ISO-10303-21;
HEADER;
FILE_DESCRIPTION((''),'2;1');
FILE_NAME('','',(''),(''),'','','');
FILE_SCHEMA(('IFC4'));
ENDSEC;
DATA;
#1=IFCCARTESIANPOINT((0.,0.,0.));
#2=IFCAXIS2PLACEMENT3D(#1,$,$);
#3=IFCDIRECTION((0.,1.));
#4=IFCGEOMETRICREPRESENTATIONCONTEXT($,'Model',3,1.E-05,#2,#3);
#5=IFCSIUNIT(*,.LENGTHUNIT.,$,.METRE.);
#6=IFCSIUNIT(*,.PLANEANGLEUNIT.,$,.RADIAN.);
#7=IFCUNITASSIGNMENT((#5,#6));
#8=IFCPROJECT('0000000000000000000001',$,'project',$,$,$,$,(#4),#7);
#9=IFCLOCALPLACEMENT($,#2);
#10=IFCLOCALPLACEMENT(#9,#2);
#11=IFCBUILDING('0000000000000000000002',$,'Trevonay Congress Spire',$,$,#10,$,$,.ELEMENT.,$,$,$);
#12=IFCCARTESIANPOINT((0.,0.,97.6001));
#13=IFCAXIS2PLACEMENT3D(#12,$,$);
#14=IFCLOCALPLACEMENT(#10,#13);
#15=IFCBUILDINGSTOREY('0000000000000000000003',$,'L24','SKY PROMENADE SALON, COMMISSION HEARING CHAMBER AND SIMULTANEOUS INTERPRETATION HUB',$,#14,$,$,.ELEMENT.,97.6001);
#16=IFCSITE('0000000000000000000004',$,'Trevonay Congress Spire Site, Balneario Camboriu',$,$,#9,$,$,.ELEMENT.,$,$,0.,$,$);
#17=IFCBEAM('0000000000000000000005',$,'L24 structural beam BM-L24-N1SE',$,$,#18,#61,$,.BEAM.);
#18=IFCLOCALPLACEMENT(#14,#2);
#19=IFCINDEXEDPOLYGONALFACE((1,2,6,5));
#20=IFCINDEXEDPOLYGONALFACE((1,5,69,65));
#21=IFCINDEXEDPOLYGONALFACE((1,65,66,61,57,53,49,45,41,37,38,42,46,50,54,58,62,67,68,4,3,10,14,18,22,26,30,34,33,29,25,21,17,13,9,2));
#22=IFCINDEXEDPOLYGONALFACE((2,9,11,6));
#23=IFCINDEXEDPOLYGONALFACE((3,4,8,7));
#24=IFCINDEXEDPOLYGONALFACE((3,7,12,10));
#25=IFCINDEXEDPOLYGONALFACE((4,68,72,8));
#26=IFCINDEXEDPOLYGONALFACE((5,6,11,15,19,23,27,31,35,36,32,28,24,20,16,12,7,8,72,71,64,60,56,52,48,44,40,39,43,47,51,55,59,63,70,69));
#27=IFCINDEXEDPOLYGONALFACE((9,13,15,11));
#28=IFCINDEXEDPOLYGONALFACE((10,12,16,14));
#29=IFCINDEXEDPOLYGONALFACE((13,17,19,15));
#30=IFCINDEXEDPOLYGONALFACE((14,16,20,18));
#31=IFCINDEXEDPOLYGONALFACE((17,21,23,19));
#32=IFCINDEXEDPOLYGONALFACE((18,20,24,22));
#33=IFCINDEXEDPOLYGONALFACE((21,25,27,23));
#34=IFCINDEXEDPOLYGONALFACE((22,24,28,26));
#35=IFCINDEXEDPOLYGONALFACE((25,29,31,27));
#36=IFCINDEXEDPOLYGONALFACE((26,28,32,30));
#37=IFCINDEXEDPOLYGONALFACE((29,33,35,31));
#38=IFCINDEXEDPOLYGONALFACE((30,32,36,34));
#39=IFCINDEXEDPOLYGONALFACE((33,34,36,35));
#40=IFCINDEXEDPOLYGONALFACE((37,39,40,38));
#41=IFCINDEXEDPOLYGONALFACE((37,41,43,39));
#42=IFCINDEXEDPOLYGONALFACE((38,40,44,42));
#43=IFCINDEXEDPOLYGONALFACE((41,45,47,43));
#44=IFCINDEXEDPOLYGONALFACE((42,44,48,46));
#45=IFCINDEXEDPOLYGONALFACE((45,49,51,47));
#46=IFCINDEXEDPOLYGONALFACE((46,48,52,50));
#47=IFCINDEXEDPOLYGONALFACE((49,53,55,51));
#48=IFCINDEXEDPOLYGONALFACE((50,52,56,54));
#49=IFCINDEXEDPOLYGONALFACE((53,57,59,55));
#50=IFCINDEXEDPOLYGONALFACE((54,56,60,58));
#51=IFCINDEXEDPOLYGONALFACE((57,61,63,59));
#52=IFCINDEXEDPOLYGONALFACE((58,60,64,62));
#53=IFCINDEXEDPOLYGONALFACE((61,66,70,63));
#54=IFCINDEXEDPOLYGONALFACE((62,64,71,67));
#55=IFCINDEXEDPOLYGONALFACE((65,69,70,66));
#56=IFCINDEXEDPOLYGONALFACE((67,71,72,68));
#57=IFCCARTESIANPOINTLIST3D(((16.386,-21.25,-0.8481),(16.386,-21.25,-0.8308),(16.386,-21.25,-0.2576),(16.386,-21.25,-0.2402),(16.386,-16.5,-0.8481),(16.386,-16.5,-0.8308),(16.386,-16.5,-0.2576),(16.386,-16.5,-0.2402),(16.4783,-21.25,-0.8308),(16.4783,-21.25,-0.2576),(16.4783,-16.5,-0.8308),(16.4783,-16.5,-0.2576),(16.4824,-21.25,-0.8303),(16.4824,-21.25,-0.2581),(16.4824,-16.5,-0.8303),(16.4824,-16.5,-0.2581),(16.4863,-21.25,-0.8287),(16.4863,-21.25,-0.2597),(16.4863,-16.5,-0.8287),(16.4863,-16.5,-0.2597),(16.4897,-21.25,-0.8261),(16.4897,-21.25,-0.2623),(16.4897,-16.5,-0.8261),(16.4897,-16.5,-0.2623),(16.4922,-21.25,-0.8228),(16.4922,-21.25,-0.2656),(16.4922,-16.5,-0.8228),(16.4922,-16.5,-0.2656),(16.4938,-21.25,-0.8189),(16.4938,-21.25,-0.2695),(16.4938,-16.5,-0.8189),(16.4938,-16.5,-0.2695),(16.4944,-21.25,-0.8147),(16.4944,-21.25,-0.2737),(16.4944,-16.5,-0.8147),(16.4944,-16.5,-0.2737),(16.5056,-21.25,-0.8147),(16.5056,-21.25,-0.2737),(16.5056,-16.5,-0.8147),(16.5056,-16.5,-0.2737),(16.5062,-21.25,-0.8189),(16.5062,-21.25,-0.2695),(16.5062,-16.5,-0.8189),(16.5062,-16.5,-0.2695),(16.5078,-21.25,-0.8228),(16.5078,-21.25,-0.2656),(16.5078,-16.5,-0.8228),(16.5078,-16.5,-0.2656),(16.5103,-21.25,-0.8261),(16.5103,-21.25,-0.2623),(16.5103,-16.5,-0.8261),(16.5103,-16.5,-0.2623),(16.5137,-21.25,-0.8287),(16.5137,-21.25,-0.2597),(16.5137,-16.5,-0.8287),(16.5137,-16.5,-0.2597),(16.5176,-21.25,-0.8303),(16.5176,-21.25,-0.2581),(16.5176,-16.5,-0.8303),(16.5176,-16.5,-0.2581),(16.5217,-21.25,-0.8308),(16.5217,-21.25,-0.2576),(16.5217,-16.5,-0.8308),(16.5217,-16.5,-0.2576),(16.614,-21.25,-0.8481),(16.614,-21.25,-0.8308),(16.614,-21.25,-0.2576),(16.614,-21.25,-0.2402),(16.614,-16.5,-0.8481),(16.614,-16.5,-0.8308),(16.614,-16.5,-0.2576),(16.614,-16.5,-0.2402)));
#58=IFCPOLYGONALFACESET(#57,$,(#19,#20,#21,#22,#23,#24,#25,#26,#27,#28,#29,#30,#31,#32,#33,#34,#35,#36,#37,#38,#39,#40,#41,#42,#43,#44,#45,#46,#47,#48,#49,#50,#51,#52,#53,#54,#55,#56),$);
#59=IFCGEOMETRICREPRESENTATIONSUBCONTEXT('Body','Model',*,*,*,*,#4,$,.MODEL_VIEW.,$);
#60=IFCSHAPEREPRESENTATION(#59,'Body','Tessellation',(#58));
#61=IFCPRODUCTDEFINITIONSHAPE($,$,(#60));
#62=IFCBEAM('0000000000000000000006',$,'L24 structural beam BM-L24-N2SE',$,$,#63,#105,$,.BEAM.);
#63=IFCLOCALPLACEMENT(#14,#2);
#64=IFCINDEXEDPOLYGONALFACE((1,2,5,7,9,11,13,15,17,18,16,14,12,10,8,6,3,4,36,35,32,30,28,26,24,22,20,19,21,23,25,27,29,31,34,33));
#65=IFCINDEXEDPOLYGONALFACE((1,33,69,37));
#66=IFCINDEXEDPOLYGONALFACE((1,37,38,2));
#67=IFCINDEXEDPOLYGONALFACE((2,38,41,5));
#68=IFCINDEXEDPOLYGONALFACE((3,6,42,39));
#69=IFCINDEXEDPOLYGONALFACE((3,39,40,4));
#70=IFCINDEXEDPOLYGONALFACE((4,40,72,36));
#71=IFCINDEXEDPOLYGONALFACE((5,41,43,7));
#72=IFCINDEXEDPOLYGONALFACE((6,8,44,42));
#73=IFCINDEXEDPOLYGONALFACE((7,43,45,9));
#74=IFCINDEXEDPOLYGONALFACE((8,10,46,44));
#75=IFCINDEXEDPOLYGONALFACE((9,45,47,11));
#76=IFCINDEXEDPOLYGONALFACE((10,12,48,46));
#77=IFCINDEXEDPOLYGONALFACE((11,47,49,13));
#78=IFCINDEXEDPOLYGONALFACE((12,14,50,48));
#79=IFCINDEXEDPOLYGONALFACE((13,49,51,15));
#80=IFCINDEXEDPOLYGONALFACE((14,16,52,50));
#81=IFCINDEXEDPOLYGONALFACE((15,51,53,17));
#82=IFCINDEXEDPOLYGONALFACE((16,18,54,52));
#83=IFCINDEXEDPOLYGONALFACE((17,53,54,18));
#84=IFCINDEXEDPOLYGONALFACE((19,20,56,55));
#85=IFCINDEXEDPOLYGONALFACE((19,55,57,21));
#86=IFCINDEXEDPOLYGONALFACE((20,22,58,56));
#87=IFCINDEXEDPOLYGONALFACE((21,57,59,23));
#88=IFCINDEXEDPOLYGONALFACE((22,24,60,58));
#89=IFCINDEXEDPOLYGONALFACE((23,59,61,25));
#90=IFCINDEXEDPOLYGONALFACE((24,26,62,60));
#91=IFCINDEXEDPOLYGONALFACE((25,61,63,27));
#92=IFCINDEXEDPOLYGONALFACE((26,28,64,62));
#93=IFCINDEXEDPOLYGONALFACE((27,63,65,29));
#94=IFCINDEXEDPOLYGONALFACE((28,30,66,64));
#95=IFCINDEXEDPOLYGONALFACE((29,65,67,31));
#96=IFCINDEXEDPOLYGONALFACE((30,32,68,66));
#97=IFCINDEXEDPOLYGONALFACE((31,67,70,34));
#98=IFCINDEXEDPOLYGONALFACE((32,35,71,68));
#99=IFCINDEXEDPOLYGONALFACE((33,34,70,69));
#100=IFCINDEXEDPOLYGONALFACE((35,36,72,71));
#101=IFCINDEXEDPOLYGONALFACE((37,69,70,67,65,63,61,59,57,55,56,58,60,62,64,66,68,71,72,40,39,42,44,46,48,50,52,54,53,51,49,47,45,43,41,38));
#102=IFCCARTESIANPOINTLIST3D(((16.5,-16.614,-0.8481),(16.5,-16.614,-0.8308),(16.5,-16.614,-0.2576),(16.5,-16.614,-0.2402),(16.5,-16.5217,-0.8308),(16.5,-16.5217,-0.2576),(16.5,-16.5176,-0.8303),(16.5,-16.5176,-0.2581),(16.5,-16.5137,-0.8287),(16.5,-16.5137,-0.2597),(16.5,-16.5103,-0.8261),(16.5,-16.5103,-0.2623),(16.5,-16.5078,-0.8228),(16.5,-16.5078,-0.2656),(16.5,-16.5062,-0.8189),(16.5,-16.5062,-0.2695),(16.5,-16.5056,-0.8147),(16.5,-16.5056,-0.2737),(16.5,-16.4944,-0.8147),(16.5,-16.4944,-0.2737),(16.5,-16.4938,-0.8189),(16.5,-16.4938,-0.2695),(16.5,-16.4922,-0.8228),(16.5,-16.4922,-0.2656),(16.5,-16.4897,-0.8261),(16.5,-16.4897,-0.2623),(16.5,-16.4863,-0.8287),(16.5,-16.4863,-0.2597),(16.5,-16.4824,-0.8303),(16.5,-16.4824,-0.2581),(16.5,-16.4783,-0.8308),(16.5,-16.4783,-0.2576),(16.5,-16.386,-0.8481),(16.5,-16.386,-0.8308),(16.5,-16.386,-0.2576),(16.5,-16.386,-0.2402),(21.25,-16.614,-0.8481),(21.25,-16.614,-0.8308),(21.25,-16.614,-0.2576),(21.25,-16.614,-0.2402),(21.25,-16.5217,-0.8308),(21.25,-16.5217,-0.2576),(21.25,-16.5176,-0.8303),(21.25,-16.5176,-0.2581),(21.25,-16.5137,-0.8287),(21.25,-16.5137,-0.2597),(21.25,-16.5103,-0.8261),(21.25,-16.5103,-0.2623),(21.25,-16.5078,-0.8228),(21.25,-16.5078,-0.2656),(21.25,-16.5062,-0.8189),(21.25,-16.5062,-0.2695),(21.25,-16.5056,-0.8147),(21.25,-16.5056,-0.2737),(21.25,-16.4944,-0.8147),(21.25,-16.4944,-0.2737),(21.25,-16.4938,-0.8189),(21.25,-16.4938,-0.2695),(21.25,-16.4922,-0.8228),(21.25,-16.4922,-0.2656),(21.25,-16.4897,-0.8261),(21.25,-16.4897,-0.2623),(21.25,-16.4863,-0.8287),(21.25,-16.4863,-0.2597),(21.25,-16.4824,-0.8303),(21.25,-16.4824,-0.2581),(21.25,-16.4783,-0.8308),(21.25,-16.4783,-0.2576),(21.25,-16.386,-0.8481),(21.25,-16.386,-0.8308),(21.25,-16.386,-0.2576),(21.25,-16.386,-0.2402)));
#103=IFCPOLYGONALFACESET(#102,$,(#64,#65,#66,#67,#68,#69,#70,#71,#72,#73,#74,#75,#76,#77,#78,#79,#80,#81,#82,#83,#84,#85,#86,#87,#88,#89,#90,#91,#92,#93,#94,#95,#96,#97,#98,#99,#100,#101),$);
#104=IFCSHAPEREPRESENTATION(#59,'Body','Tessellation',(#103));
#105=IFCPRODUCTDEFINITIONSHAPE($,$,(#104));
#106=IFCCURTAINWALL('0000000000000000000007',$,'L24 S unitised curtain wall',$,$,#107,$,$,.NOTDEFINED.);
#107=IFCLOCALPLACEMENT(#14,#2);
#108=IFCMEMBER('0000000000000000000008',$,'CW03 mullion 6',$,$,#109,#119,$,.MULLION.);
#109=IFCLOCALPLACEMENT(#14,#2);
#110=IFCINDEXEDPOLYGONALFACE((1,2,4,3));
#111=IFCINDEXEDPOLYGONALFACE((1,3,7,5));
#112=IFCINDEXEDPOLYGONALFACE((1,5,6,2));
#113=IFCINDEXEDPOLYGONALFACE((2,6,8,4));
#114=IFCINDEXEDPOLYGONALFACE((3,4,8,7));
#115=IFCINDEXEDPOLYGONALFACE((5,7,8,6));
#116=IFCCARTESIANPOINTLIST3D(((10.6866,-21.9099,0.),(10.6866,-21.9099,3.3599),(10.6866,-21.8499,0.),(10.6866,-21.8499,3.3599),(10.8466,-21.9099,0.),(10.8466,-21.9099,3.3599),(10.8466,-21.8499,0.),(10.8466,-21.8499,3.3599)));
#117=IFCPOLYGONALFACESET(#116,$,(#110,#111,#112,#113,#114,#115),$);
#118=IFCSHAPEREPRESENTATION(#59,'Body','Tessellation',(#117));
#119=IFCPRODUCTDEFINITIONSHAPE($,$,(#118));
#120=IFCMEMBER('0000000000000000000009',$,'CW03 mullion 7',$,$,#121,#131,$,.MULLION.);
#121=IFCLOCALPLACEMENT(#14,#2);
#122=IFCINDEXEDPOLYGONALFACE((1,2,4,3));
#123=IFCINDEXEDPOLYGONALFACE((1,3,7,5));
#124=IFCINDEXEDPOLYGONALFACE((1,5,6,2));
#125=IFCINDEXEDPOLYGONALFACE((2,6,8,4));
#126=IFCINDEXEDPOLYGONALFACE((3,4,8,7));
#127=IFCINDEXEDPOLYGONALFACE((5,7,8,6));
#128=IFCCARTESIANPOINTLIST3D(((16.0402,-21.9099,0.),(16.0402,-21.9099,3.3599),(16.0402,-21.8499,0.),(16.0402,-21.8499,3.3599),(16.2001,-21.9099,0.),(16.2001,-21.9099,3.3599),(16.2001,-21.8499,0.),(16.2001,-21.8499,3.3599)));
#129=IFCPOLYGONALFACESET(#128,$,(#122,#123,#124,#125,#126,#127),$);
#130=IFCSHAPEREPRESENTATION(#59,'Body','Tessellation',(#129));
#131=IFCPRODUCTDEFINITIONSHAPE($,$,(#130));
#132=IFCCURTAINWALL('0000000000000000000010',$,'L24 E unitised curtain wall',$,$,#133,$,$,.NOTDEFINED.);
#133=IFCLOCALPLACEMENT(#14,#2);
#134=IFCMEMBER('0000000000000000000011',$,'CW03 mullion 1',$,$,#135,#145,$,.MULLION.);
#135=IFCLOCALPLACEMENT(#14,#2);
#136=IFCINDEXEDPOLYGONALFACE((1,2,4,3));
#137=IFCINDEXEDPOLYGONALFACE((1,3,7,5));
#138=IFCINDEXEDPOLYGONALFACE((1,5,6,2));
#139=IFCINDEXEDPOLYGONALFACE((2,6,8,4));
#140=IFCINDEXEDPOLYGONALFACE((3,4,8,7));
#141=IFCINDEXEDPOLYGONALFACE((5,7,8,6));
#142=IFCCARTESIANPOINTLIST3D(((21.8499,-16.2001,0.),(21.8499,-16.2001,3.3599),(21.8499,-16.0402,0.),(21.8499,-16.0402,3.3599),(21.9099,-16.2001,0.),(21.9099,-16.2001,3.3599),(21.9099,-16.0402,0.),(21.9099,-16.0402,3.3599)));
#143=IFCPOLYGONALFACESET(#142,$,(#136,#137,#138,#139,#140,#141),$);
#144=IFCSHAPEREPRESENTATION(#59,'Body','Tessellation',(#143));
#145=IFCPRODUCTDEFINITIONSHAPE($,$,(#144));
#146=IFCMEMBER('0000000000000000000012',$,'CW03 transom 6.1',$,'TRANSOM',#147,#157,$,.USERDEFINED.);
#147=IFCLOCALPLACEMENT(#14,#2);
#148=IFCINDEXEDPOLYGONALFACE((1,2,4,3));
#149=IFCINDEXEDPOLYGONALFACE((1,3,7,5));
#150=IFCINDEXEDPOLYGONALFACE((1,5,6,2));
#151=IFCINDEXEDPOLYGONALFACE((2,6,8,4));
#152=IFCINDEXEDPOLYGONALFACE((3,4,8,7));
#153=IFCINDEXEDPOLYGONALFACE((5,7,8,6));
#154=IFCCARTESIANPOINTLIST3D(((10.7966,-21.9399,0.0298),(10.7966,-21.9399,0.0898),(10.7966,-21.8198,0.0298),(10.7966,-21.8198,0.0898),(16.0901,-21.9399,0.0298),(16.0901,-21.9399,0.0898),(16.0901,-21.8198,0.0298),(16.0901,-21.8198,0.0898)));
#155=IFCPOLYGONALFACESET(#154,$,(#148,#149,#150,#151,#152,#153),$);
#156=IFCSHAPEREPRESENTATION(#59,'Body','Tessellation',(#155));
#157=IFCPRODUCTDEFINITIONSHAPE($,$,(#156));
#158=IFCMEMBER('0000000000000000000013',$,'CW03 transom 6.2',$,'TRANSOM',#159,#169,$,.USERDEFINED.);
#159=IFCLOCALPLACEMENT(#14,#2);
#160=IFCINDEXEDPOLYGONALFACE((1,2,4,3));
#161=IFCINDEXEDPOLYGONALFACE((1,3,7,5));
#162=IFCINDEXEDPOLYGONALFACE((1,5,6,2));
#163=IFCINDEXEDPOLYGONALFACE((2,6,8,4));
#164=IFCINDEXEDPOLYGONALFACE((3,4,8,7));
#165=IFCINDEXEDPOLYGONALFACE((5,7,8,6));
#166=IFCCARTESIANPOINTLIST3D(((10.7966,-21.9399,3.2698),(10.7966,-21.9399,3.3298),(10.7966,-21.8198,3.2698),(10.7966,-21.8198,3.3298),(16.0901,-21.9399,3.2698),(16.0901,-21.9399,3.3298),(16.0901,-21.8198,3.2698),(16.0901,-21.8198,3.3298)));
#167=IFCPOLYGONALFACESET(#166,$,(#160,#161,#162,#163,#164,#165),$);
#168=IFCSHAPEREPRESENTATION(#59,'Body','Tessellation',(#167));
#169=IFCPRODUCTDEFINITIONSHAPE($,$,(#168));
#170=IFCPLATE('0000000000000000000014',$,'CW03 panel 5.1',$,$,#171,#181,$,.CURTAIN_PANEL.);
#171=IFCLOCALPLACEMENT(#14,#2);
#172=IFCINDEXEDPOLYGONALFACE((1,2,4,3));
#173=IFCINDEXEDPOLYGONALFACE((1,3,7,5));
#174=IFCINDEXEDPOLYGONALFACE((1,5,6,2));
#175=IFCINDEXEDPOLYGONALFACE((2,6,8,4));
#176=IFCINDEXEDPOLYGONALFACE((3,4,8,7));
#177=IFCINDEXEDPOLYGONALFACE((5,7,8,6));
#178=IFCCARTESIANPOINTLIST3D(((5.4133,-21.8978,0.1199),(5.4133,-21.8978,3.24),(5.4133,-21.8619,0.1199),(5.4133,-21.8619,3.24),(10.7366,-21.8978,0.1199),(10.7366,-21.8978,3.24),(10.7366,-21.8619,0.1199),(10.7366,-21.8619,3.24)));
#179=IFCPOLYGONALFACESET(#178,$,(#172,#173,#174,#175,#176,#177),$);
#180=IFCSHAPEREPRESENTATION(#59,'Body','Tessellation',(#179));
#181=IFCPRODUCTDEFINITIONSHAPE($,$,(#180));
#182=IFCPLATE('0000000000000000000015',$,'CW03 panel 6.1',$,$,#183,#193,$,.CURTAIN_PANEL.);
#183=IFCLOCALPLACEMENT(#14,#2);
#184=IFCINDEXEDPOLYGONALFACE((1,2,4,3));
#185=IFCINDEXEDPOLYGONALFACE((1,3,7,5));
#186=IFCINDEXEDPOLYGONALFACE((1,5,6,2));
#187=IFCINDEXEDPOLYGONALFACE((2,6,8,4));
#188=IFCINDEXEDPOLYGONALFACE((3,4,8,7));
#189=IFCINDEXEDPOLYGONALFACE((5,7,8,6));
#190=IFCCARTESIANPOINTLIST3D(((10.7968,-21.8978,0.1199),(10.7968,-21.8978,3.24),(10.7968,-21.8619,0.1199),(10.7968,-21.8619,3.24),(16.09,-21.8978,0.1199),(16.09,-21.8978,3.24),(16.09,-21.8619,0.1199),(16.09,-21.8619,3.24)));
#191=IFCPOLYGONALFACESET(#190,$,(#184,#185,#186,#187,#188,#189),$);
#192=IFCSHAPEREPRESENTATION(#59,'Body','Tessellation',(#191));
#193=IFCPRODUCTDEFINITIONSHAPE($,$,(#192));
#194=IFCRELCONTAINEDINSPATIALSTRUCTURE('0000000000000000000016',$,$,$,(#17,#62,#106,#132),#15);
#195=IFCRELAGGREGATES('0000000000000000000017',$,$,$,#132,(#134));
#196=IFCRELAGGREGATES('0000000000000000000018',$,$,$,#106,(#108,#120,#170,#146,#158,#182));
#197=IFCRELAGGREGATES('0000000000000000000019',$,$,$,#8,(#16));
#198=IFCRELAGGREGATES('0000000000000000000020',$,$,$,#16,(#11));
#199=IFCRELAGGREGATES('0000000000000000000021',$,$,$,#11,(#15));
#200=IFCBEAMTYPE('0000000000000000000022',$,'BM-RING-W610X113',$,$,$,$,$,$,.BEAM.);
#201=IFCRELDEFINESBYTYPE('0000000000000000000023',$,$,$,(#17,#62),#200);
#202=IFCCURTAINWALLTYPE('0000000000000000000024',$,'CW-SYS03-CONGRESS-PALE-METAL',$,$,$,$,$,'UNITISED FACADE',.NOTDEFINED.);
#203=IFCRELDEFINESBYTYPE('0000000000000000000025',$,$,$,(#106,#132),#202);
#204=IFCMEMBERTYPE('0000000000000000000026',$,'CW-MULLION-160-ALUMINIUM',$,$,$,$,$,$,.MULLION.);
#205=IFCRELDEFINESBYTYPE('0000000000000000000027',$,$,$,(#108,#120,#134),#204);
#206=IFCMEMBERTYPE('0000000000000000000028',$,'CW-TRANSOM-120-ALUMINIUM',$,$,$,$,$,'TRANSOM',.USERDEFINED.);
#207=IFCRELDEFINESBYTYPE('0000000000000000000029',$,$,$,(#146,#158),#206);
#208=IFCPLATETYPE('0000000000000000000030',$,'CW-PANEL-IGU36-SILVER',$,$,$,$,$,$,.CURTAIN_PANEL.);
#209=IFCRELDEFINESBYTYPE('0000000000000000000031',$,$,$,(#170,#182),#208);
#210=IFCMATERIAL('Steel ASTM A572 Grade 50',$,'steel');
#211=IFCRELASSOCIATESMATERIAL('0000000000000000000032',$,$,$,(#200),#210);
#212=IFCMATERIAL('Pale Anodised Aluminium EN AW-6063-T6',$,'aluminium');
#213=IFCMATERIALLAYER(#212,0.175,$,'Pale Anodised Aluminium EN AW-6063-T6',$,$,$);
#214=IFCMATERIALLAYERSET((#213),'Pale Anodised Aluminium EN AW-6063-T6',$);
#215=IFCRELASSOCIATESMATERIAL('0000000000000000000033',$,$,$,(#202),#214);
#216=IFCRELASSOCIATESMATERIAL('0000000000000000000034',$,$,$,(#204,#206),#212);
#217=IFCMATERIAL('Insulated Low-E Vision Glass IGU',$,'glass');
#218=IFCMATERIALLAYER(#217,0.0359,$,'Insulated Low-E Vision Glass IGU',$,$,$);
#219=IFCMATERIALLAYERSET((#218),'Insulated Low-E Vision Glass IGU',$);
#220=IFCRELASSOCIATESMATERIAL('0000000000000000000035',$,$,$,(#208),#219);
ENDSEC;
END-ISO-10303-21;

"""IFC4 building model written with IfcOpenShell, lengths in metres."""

from ifc_helpers import new_model, si_unit, direction, frame, origin, origin_2d, place, context, subcontext, project, spatial, rectangle, i_section, extrude, material, layer, layer_set, material_profile, profile_set, type_object, element, aggregate, save


model = new_model("IFC4")

# Units and contexts
model_context = context("Model", 3, precision=1e-05, world=origin(), true_north=direction((0.0, 1.0)))
body_context = subcontext(model_context, "Body", "Model", "MODEL_VIEW")
ifc_project = project(units=[si_unit("LENGTHUNIT", "METRE"), si_unit("PLANEANGLEUNIT", "RADIAN")], contexts=[model_context])

# Site, building, storey
site_placement = place(None, origin())
site = spatial("IfcSite", under=ifc_project, at=site_placement, Name="Trevonay Congress Spire Site, Balneario Camboriu", CompositionType="ELEMENT", RefElevation=0.0)
building_placement = place(site_placement, origin())
building = spatial("IfcBuilding", under=site, at=building_placement, Name="Trevonay Congress Spire", CompositionType="ELEMENT")
storey_placement = place(building_placement, frame((0.0, 0.0, 97.6001)))
storey = spatial("IfcBuildingStorey", under=building, at=storey_placement, Name="L24", Description="SKY PROMENADE SALON, COMMISSION HEARING CHAMBER AND SIMULTANEOUS INTERPRETATION HUB", CompositionType="ELEMENT", Elevation=97.6001)

# Shared definitions
ifc_material_1 = material(Name="Steel ASTM A572 Grade 50", Category="steel")

# Beams
ifc_material_profile_1 = material_profile(ifc_material_1, i_section(OverallWidth=0.228, OverallDepth=0.6079, WebThickness=0.0112, FlangeThickness=0.0173, FilletRadius=0.0161, at=origin_2d()), Name="W610x113")
ifc_profile_set_1 = profile_set([ifc_material_profile_1], Name="Steel ASTM A572 Grade 50")
beam_type = type_object("IfcBeamType", Name="BM-RING-W610X113", PredefinedType="BEAM", material=ifc_profile_set_1)
for number, where, z_axis, x_axis, name in (
    (1, (16.5, -21.25, -0.5442), (0.0, 1.0, 0.0), (-1.0, 0.0, 0.0), "L24 structural beam BM-L24-N1SE"),
    (2, (21.25, -16.5, -0.5442), (-1.0, 0.0, 0.0), (0.0, -1.0, 0.0), "L24 structural beam BM-L24-N2SE"),
):
    element("IfcBeam", number, at=place(storey_placement, frame(where, z_axis=z_axis, x_axis=x_axis)), inside=storey, type_object=beam_type, Name=name, PredefinedType="BEAM", context=body_context, shape_type="SweptSolid", body=[
        extrude(i_section(OverallWidth=0.228, OverallDepth=0.6079, WebThickness=0.0112, FlangeThickness=0.0173, FilletRadius=0.0161, at=origin_2d()), origin(), (0.0, 0.0, 1.0), 4.75),
    ])

# Curtain wall, members
ifc_material_2 = material(Name="Pale Anodised Aluminium EN AW-6063-T6", Category="aluminium")
ifc_layer_1 = layer(ifc_material_2, 0.175, Name="Pale Anodised Aluminium EN AW-6063-T6")
ifc_layer_set_1 = layer_set([ifc_layer_1], Name="Pale Anodised Aluminium EN AW-6063-T6")
curtain_wall_type = type_object("IfcCurtainWallType", Name="CW-SYS03-CONGRESS-PALE-METAL", ElementType="UNITISED FACADE", PredefinedType="NOTDEFINED", material=ifc_layer_set_1)
curtain_wall_1_placement = place(storey_placement, origin())
curtain_wall_1 = element("IfcCurtainWall", 3, at=curtain_wall_1_placement, inside=storey, type_object=curtain_wall_type, Name="L24 S unitised curtain wall", PredefinedType="NOTDEFINED")
ifc_material_profile_2 = material_profile(ifc_material_2, rectangle(XDim=0.0601, YDim=0.1599, at=origin_2d()), Name="CW-MULLION-160-ALUMINIUM")
ifc_profile_set_2 = profile_set([ifc_material_profile_2], Name="Pale Anodised Aluminium EN AW-6063-T6")
member_type_1 = type_object("IfcMemberType", Name="CW-MULLION-160-ALUMINIUM", PredefinedType="MULLION", material=ifc_profile_set_2)
member_1_placement = place(storey_placement, frame((10.7666, -21.8799, 0.0), z_axis=(0.0, 0.0, 1.0), x_axis=(0.0, 1.0, 0.0)))
member_1 = element("IfcMember", 4, at=member_1_placement, type_object=member_type_1, Name="CW03 mullion 6", PredefinedType="MULLION", context=body_context, shape_type="SweptSolid", body=[
    extrude(rectangle(XDim=0.0601, YDim=0.1599, at=origin_2d()), origin(), (0.0, 0.0, 1.0), 3.3599),
])
member_2_placement = place(storey_placement, frame((16.1201, -21.8799, 0.0), z_axis=(0.0, 0.0, 1.0), x_axis=(0.0, 1.0, 0.0)))
member_2 = element("IfcMember", 5, at=member_2_placement, type_object=member_type_1, Name="CW03 mullion 7", PredefinedType="MULLION", context=body_context, shape_type="SweptSolid", body=[
    extrude(rectangle(XDim=0.0601, YDim=0.1599, at=origin_2d()), origin(), (0.0, 0.0, 1.0), 3.3599),
])

# Curtain wall, member
curtain_wall_2_placement = place(storey_placement, origin())
curtain_wall_2 = element("IfcCurtainWall", 6, at=curtain_wall_2_placement, inside=storey, type_object=curtain_wall_type, Name="L24 E unitised curtain wall", PredefinedType="NOTDEFINED")
member_3_placement = place(storey_placement, frame((21.8799, -16.1201, 0.0), z_axis=(0.0, 0.0, 1.0), x_axis=(-1.0, 0.0, 0.0)))
member_3 = element("IfcMember", 7, at=member_3_placement, type_object=member_type_1, Name="CW03 mullion 1", PredefinedType="MULLION", context=body_context, shape_type="SweptSolid", body=[
    extrude(rectangle(XDim=0.0601, YDim=0.1599, at=origin_2d()), origin(), (0.0, 0.0, 1.0), 3.3599),
])
aggregate(curtain_wall_2, [member_3])

# Members
ifc_material_profile_3 = material_profile(ifc_material_2, rectangle(XDim=0.1201, YDim=0.0601, at=origin_2d()), Name="CW-TRANSOM-120-ALUMINIUM")
ifc_profile_set_3 = profile_set([ifc_material_profile_3], Name="Pale Anodised Aluminium EN AW-6063-T6")
member_type_2 = type_object("IfcMemberType", Name="CW-TRANSOM-120-ALUMINIUM", ElementType="TRANSOM", PredefinedType="USERDEFINED", material=ifc_profile_set_3)
member_4_placement = place(storey_placement, frame((10.7966, -21.8799, 0.0598), z_axis=(1.0, 0.0, 0.0), x_axis=(0.0, 1.0, 0.0)))
member_4 = element("IfcMember", 8, at=member_4_placement, type_object=member_type_2, Name="CW03 transom 6.1", ObjectType="TRANSOM", PredefinedType="USERDEFINED", context=body_context, shape_type="SweptSolid", body=[
    extrude(rectangle(XDim=0.1201, YDim=0.0601, at=origin_2d()), origin(), (0.0, 0.0, 1.0), 5.2935),
])
member_5_placement = place(storey_placement, frame((10.7966, -21.8799, 3.2998), z_axis=(1.0, 0.0, 0.0), x_axis=(0.0, 1.0, 0.0)))
member_5 = element("IfcMember", 9, at=member_5_placement, type_object=member_type_2, Name="CW03 transom 6.2", ObjectType="TRANSOM", PredefinedType="USERDEFINED", context=body_context, shape_type="SweptSolid", body=[
    extrude(rectangle(XDim=0.1201, YDim=0.0601, at=origin_2d()), origin(), (0.0, 0.0, 1.0), 5.2935),
])

# Plates
ifc_material_3 = material(Name="Insulated Low-E Vision Glass IGU", Category="glass")
ifc_layer_2 = layer(ifc_material_3, 0.0359, Name="Insulated Low-E Vision Glass IGU")
ifc_layer_set_2 = layer_set([ifc_layer_2], Name="Insulated Low-E Vision Glass IGU")
plate_type = type_object("IfcPlateType", Name="CW-PANEL-IGU36-SILVER", PredefinedType="CURTAIN_PANEL", material=ifc_layer_set_2)
plate_1_placement = place(storey_placement, frame((8.075, -21.8799, 0.1199), z_axis=(0.0, 0.0, 1.0), x_axis=(1.0, 0.0, 0.0)))
plate_1 = element("IfcPlate", 10, at=plate_1_placement, type_object=plate_type, Name="CW03 panel 5.1", PredefinedType="CURTAIN_PANEL", context=body_context, shape_type="SweptSolid", body=[
    extrude(rectangle(XDim=5.3232, YDim=0.0359, at=origin_2d()), origin(), (0.0, 0.0, 1.0), 3.1201),
])
plate_2_placement = place(storey_placement, frame((13.4434, -21.8799, 0.1199), z_axis=(0.0, 0.0, 1.0), x_axis=(1.0, 0.0, 0.0)))
plate_2 = element("IfcPlate", 11, at=plate_2_placement, type_object=plate_type, Name="CW03 panel 6.1", PredefinedType="CURTAIN_PANEL", context=body_context, shape_type="SweptSolid", body=[
    extrude(rectangle(XDim=5.2932, YDim=0.0359, at=origin_2d()), origin(), (0.0, 0.0, 1.0), 3.1201),
])
aggregate(curtain_wall_1, [member_1, member_2, plate_1, member_4, member_5, plate_2])

save(model, "model.ifc")
